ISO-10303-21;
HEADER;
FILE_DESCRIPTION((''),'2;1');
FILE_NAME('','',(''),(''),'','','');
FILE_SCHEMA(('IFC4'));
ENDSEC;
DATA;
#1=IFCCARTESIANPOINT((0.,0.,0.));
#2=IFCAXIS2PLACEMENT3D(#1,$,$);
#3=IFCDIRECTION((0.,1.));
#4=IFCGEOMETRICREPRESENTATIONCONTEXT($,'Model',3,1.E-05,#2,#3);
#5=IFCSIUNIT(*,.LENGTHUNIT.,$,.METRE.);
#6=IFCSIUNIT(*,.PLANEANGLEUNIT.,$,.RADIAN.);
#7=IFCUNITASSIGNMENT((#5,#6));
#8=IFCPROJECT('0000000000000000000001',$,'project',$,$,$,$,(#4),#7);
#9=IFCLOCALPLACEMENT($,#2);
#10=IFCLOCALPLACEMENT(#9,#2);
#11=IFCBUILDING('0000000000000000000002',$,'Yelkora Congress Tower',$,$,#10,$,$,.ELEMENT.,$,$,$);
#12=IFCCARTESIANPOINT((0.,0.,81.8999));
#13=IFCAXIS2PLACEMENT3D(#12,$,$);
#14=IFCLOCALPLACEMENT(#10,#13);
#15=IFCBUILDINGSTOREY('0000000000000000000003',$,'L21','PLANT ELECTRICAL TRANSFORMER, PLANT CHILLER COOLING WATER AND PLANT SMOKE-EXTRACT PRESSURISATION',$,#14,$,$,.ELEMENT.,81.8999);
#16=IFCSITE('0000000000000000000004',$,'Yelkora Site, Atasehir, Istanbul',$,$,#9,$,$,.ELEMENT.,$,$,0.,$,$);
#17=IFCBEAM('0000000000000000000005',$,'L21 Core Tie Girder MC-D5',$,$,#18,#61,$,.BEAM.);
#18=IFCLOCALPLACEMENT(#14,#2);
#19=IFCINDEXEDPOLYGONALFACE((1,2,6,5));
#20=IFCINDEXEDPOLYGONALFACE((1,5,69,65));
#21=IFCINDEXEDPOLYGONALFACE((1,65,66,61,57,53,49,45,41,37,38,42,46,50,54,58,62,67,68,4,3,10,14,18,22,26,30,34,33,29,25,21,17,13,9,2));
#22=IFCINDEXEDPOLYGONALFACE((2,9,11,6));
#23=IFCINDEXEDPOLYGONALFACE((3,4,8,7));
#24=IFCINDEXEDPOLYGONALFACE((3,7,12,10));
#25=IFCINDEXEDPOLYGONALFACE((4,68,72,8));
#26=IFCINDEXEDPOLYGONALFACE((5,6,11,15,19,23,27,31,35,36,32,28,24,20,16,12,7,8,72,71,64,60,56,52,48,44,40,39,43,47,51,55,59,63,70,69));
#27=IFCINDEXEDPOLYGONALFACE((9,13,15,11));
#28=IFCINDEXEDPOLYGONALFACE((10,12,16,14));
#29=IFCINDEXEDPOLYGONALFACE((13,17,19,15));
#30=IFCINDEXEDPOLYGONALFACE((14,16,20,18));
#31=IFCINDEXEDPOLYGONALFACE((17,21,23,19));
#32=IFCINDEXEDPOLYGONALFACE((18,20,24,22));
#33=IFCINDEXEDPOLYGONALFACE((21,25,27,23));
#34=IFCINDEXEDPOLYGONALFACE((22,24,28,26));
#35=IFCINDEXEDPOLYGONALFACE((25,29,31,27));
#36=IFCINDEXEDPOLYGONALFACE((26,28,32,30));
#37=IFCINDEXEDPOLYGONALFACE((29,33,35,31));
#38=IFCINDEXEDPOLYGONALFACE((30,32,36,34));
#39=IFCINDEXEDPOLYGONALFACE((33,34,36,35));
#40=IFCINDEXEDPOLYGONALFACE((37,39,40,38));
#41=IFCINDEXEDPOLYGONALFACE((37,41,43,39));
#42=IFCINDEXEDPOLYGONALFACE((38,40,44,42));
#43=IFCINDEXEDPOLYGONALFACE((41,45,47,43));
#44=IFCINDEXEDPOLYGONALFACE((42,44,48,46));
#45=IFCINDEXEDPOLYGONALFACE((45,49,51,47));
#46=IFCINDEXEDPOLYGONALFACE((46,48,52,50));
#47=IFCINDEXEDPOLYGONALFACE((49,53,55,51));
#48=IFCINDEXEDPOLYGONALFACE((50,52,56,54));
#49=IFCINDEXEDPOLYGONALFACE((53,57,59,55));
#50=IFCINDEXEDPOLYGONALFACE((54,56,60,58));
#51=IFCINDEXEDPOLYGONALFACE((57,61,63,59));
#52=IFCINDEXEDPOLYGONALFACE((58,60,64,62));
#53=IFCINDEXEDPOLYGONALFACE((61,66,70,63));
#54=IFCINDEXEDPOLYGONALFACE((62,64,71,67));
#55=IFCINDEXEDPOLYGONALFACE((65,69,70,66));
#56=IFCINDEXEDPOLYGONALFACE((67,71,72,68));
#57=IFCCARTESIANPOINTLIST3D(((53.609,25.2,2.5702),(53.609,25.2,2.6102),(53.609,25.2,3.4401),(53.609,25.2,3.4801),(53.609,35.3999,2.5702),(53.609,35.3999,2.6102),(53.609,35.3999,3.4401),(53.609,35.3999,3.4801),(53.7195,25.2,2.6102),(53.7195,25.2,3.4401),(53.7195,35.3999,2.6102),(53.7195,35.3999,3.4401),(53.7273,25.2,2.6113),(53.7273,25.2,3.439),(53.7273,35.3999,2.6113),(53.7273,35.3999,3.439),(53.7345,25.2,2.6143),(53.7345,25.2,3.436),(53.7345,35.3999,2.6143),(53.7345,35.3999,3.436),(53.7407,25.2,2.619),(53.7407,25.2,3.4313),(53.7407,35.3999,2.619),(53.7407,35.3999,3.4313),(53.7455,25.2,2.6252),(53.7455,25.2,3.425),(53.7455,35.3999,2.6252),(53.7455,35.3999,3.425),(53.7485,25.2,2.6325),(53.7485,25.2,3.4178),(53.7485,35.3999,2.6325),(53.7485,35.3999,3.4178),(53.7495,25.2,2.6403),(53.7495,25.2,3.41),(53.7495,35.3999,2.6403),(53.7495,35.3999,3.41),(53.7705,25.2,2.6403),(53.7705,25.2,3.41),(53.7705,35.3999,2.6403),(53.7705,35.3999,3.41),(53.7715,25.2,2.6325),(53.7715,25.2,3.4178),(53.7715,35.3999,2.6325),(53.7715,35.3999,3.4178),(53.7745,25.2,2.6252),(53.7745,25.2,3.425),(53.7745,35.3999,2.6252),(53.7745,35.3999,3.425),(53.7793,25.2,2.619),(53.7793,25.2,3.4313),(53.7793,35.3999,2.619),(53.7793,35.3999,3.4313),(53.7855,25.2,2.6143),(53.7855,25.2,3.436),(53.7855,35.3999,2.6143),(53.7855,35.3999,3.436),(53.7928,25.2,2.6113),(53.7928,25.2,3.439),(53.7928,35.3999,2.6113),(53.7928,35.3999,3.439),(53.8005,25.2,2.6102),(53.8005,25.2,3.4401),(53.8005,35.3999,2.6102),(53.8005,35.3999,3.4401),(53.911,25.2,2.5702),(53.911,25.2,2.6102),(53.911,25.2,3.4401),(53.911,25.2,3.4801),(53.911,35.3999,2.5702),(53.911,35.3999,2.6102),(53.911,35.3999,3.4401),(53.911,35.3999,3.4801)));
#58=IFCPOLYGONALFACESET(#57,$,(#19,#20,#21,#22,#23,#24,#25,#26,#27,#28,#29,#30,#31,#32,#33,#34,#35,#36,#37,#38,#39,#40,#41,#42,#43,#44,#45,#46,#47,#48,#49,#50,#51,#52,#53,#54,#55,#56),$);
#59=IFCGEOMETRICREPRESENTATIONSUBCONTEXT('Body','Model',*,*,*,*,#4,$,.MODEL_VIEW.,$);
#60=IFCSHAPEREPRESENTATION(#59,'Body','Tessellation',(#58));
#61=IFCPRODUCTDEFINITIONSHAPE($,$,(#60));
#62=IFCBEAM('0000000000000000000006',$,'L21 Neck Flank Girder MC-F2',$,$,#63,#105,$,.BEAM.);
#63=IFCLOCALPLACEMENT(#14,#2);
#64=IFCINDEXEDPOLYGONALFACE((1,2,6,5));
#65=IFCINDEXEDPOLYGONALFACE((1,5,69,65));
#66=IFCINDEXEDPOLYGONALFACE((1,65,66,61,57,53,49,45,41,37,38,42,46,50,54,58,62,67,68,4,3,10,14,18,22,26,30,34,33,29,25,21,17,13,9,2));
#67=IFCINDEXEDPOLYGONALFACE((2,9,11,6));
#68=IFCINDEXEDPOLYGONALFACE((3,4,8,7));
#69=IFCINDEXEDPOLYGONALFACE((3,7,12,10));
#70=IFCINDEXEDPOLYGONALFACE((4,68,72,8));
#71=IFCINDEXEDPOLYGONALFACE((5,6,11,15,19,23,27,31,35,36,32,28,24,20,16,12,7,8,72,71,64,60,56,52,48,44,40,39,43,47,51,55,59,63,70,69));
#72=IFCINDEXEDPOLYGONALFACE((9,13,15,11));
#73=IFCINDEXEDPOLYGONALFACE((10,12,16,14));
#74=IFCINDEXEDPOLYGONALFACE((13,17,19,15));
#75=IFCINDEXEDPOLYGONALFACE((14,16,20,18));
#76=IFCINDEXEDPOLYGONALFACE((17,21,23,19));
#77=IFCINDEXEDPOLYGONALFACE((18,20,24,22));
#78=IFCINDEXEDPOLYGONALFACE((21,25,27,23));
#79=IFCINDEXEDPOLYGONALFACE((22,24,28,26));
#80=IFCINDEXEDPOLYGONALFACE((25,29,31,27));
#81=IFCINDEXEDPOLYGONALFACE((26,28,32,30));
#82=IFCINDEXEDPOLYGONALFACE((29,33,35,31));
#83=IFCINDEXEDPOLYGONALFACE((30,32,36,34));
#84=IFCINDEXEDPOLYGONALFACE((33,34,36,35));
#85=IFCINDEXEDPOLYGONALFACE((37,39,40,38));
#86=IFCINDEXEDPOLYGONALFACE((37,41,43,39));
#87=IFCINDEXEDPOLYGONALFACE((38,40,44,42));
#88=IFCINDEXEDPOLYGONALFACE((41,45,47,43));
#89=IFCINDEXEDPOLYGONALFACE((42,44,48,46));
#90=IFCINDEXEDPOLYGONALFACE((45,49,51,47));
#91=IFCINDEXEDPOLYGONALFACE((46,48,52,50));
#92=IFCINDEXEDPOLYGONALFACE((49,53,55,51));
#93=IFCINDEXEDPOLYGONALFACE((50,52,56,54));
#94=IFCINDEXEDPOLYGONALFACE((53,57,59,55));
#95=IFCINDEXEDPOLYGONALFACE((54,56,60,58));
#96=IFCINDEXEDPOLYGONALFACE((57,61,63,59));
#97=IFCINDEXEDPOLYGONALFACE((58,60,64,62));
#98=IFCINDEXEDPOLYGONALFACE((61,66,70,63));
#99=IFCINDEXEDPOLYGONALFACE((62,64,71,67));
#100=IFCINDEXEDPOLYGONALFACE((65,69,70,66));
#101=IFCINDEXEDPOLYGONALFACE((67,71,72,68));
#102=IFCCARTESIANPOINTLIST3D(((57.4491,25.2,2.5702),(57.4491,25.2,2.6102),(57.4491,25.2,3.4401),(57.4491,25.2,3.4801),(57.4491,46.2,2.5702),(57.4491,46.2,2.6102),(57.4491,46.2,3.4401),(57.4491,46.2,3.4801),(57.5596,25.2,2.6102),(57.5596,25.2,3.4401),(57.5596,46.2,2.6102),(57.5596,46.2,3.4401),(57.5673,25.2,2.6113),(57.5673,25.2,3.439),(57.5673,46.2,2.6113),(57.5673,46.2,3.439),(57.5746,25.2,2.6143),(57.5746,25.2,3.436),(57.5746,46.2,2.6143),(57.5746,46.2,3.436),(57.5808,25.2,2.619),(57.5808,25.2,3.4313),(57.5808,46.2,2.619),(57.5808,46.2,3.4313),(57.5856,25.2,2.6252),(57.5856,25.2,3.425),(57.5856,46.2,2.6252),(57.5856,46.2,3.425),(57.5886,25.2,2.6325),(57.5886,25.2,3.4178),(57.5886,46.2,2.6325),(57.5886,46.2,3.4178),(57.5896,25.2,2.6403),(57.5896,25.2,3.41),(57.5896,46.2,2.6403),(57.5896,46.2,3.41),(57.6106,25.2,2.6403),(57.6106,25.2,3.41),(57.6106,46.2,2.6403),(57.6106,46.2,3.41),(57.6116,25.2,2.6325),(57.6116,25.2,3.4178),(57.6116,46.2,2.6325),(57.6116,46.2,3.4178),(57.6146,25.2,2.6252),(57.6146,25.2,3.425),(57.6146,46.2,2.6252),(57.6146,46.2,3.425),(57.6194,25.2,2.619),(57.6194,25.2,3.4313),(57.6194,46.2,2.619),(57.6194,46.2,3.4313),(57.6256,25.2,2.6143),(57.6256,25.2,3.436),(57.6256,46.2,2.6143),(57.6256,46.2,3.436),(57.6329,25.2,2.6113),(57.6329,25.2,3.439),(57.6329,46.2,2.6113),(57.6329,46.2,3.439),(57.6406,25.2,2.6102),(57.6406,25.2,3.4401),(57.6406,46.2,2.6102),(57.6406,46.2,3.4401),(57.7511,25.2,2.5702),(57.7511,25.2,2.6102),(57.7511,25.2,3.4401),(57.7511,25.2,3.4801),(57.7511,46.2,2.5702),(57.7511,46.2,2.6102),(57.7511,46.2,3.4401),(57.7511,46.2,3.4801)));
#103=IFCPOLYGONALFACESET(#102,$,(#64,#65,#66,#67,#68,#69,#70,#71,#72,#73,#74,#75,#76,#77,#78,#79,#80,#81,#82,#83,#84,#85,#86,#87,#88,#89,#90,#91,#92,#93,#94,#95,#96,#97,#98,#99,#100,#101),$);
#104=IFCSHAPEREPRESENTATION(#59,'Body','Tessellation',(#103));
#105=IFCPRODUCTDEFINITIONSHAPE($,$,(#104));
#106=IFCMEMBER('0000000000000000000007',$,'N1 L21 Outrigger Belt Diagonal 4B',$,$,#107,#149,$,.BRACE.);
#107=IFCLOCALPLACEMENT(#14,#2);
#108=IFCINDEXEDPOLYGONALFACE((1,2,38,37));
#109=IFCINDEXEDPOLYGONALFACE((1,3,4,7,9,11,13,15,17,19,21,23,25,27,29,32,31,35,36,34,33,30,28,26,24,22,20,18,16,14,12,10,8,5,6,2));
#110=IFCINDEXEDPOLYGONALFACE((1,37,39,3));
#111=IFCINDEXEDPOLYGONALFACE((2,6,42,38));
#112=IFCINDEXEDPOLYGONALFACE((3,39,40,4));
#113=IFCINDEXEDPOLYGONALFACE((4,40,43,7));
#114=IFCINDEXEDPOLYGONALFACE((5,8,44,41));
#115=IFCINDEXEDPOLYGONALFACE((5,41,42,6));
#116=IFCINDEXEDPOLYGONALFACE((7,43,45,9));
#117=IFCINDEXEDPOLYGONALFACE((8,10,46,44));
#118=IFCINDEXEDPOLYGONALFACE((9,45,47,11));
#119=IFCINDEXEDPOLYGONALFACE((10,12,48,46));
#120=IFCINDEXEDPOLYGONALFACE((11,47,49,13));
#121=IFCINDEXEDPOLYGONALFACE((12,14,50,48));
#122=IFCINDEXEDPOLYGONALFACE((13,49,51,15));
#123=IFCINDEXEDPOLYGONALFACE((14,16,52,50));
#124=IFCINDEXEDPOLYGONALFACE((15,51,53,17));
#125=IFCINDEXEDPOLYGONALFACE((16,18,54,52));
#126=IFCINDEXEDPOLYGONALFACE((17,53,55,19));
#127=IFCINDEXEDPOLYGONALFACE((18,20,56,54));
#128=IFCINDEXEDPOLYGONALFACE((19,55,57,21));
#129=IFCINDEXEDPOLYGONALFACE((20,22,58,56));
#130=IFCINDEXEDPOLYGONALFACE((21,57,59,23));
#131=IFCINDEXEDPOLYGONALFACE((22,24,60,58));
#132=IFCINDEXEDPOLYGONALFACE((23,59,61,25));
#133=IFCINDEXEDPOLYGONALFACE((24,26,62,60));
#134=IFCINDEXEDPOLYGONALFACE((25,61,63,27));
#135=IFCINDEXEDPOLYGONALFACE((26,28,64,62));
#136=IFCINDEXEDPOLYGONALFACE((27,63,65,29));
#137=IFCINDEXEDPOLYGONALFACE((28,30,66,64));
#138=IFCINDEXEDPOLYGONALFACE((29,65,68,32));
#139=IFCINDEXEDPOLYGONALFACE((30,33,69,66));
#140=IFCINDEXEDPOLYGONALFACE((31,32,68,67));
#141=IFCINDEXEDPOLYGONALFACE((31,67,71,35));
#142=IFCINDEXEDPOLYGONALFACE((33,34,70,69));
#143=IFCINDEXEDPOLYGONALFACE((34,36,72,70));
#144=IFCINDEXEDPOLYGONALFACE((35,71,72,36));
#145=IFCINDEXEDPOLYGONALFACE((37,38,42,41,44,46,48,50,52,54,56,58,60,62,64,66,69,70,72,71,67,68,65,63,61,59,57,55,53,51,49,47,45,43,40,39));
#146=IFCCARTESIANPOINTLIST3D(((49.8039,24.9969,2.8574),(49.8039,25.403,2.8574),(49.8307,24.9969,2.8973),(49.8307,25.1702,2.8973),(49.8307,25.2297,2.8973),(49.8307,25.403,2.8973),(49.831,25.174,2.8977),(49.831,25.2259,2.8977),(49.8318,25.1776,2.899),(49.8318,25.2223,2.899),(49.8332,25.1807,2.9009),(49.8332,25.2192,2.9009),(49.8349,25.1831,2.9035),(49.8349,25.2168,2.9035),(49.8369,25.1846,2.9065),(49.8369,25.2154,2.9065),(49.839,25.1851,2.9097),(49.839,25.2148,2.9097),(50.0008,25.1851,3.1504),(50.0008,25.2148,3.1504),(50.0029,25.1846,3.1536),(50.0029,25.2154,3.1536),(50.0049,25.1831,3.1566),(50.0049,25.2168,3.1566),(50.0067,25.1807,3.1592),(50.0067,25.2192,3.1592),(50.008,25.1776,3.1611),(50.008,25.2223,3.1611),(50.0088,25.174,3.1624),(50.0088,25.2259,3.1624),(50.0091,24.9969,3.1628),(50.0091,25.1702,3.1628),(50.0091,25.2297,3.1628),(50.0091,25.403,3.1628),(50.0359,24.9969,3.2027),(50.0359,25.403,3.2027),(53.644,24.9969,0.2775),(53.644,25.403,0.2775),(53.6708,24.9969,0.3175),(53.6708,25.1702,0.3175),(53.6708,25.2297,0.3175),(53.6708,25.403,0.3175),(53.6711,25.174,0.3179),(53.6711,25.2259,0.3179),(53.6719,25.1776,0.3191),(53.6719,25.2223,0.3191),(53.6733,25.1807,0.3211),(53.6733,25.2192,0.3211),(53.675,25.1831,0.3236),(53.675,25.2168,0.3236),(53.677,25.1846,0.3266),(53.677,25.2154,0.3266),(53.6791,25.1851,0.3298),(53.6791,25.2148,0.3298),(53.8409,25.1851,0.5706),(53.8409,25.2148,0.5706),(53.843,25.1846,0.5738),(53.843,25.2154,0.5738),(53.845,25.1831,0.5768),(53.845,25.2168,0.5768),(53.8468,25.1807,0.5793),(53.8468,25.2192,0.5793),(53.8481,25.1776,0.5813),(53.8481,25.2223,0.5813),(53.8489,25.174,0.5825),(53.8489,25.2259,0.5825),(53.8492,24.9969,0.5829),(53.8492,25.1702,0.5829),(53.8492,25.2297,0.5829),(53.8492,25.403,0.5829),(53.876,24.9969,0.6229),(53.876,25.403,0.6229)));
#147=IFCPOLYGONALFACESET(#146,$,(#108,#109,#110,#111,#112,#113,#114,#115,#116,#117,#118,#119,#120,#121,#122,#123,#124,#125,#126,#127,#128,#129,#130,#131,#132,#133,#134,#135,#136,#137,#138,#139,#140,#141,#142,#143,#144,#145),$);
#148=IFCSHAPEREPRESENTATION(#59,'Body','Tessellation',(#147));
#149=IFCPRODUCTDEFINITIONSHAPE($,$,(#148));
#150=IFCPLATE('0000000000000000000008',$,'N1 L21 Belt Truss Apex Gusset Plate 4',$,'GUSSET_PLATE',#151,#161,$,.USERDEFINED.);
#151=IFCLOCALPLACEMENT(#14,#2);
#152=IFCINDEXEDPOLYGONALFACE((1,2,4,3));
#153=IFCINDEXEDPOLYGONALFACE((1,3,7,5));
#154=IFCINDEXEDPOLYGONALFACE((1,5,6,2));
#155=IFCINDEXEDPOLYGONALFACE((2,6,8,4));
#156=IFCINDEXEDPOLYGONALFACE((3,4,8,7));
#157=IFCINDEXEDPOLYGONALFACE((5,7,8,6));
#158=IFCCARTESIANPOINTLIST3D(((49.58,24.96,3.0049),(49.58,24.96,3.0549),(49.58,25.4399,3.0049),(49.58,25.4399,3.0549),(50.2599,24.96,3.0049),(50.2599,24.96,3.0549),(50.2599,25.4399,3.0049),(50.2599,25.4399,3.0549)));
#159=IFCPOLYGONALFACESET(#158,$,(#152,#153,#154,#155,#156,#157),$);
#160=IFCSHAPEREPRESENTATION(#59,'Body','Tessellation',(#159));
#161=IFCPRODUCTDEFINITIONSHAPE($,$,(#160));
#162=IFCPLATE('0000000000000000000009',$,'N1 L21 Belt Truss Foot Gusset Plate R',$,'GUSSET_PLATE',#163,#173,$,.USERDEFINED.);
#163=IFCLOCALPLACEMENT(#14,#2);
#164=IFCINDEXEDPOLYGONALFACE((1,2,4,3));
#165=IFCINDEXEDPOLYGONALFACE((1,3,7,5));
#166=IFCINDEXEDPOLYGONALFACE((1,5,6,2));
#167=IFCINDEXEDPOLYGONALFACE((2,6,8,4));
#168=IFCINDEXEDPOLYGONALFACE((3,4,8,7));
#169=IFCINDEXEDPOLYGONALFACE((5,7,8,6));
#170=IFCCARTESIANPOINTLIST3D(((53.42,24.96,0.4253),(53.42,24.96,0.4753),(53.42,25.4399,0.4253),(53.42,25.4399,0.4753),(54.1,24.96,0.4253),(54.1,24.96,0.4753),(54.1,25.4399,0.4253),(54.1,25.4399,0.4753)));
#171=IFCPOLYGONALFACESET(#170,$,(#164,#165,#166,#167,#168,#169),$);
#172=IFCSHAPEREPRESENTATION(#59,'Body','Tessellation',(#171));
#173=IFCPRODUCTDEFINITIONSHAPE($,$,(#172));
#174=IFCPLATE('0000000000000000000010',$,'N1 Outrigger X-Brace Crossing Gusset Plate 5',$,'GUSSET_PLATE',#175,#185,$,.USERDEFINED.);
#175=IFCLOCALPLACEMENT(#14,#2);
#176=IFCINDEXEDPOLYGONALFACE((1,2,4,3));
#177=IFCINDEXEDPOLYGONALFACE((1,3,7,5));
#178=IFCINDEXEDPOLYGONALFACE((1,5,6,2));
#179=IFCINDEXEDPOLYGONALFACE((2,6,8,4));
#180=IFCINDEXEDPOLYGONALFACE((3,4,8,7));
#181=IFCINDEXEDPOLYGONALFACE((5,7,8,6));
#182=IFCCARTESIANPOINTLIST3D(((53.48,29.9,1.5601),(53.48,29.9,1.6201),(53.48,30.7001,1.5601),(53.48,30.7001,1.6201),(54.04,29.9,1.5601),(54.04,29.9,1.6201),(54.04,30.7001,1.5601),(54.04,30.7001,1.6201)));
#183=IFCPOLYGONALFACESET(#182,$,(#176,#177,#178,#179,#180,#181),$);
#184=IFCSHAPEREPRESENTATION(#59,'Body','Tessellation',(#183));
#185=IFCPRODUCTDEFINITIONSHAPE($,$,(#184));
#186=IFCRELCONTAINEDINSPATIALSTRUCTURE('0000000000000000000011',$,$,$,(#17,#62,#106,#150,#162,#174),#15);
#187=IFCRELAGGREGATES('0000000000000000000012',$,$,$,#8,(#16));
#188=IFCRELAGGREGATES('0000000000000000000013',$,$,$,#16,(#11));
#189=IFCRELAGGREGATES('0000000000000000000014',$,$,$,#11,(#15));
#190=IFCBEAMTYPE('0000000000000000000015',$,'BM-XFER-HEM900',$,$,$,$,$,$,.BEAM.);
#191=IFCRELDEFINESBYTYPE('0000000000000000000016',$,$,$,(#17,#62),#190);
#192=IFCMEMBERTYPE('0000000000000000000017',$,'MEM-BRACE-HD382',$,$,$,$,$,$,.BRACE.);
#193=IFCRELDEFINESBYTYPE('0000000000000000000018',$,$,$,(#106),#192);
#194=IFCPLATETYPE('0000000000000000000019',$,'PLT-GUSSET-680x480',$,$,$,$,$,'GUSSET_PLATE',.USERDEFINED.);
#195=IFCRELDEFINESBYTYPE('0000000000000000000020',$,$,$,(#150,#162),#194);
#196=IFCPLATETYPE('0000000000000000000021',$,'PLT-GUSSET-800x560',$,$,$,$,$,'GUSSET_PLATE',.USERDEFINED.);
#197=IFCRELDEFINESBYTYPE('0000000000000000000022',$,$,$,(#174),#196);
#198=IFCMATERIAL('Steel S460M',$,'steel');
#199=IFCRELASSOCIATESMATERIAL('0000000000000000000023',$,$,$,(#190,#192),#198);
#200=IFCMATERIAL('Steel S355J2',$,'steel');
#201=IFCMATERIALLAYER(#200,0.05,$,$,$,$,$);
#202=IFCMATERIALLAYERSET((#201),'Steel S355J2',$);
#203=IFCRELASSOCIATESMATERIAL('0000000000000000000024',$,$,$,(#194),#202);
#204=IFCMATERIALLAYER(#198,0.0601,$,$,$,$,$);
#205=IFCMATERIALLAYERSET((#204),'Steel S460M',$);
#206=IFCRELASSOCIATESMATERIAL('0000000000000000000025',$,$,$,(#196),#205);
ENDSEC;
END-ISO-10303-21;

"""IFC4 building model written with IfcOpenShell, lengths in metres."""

from ifc_helpers import new_model, si_unit, direction, frame, origin, origin_2d, place, context, subcontext, project, spatial, rectangle, i_section, extrude, material, layer, layer_set, material_profile, profile_set, type_object, element, save


model = new_model("IFC4")

# Units and contexts
model_context = context("Model", 3, precision=1e-05, world=origin(), true_north=direction((0.0, 1.0)))
body_context = subcontext(model_context, "Body", "Model", "MODEL_VIEW")
ifc_project = project(units=[si_unit("LENGTHUNIT", "METRE"), si_unit("PLANEANGLEUNIT", "RADIAN")], contexts=[model_context])

# Site, building, storey
site_placement = place(None, origin())
site = spatial("IfcSite", under=ifc_project, at=site_placement, Name="Yelkora Site, Atasehir, Istanbul", CompositionType="ELEMENT", RefElevation=0.0)
building_placement = place(site_placement, origin())
building = spatial("IfcBuilding", under=site, at=building_placement, Name="Yelkora Congress Tower", CompositionType="ELEMENT")
storey_placement = place(building_placement, frame((0.0, 0.0, 81.8999)))
storey = spatial("IfcBuildingStorey", under=building, at=storey_placement, Name="L21", Description="PLANT ELECTRICAL TRANSFORMER, PLANT CHILLER COOLING WATER AND PLANT SMOKE-EXTRACT PRESSURISATION", CompositionType="ELEMENT", Elevation=81.8999)

# Beams
ifc_material_1 = material(Name="Steel S460M", Category="steel")
ifc_material_profile_1 = material_profile(ifc_material_1, i_section(OverallWidth=0.302, OverallDepth=0.9099, WebThickness=0.021, FlangeThickness=0.04, FilletRadius=0.03, at=origin_2d()), Name="HEM 900")
ifc_profile_set_1 = profile_set([ifc_material_profile_1], Name="Steel S460M")
beam_type = type_object("IfcBeamType", Name="BM-XFER-HEM900", PredefinedType="BEAM", material=ifc_profile_set_1)
beam_1_placement = place(storey_placement, frame((53.76, 25.2, 3.0251), z_axis=(0.0, 1.0, 0.0), x_axis=(-1.0, 0.0, 0.0)))
element("IfcBeam", 1, at=beam_1_placement, inside=storey, type_object=beam_type, Name="L21 Core Tie Girder MC-D5", PredefinedType="BEAM", context=body_context, shape_type="SweptSolid", body=[
    extrude(i_section(OverallWidth=0.302, OverallDepth=0.9099, WebThickness=0.021, FlangeThickness=0.04, FilletRadius=0.03, at=origin_2d()), origin(), (0.0, 0.0, 1.0), 10.2),
])
beam_2_placement = place(storey_placement, frame((57.6001, 25.2, 3.0251), z_axis=(0.0, 1.0, 0.0), x_axis=(-1.0, 0.0, 0.0)))
element("IfcBeam", 2, at=beam_2_placement, inside=storey, type_object=beam_type, Name="L21 Neck Flank Girder MC-F2", PredefinedType="BEAM", context=body_context, shape_type="SweptSolid", body=[
    extrude(i_section(OverallWidth=0.302, OverallDepth=0.9099, WebThickness=0.021, FlangeThickness=0.04, FilletRadius=0.03, at=origin_2d()), origin(), (0.0, 0.0, 1.0), 21.0),
])

# Member
ifc_material_profile_2 = material_profile(ifc_material_1, i_section(OverallWidth=0.406, OverallDepth=0.416, WebThickness=0.0298, FlangeThickness=0.0481, FilletRadius=0.0149, at=origin_2d()), Name="HD 400x382")
ifc_profile_set_2 = profile_set([ifc_material_profile_2], Name="Steel S460M")
member_type = type_object("IfcMemberType", Name="MEM-BRACE-HD382", PredefinedType="BRACE", material=ifc_profile_set_2)
member_placement = place(storey_placement, frame((53.76, 25.2, 0.4502), z_axis=(-0.830072, 0.0, 0.557656), x_axis=(0.0, -1.0, 0.0)))
element("IfcMember", 3, at=member_placement, inside=storey, type_object=member_type, Name="N1 L21 Outrigger Belt Diagonal 4B", PredefinedType="BRACE", context=body_context, shape_type="SweptSolid", body=[
    extrude(i_section(OverallWidth=0.406, OverallDepth=0.416, WebThickness=0.0298, FlangeThickness=0.0481, FilletRadius=0.0149, at=origin_2d()), origin(), (0.0, 0.0, 1.0), 4.6262),
])

# Plates
ifc_material_2 = material(Name="Steel S355J2", Category="steel")
ifc_layer_1 = layer(ifc_material_2, 0.05)
ifc_layer_set_1 = layer_set([ifc_layer_1], Name="Steel S355J2")
plate_type_1 = type_object("IfcPlateType", Name="PLT-GUSSET-680x480", ElementType="GUSSET_PLATE", PredefinedType="USERDEFINED", material=ifc_layer_set_1)
for number, where, z_axis, x_axis, name in (
    (4, (49.9199, 25.2, 3.0049), (0.0, 0.0, 1.0), (1.0, 0.0, 0.0), "N1 L21 Belt Truss Apex Gusset Plate 4"),
    (5, (53.76, 25.2, 0.4253), (0.0, 0.0, 1.0), (1.0, 0.0, 0.0), "N1 L21 Belt Truss Foot Gusset Plate R"),
):
    element("IfcPlate", number, at=place(storey_placement, frame(where, z_axis=z_axis, x_axis=x_axis)), inside=storey, type_object=plate_type_1, Name=name, ObjectType="GUSSET_PLATE", PredefinedType="USERDEFINED", context=body_context, shape_type="SweptSolid", body=[
        extrude(rectangle(XDim=0.6799, YDim=0.48, at=origin_2d()), origin(), (0.0, 0.0, 1.0), 0.05),
    ])
ifc_layer_2 = layer(ifc_material_1, 0.0601)
ifc_layer_set_2 = layer_set([ifc_layer_2], Name="Steel S460M")
plate_type_2 = type_object("IfcPlateType", Name="PLT-GUSSET-800x560", ElementType="GUSSET_PLATE", PredefinedType="USERDEFINED", material=ifc_layer_set_2)
plate_placement = place(storey_placement, frame((53.76, 30.3, 1.5601), z_axis=(0.0, 0.0, 1.0), x_axis=(0.0, 1.0, 0.0)))
element("IfcPlate", 6, at=plate_placement, inside=storey, type_object=plate_type_2, Name="N1 Outrigger X-Brace Crossing Gusset Plate 5", ObjectType="GUSSET_PLATE", PredefinedType="USERDEFINED", context=body_context, shape_type="SweptSolid", body=[
    extrude(rectangle(XDim=0.8, YDim=0.5601, at=origin_2d()), origin(), (0.0, 0.0, 1.0), 0.0601),
])

save(model, "model.ifc")
